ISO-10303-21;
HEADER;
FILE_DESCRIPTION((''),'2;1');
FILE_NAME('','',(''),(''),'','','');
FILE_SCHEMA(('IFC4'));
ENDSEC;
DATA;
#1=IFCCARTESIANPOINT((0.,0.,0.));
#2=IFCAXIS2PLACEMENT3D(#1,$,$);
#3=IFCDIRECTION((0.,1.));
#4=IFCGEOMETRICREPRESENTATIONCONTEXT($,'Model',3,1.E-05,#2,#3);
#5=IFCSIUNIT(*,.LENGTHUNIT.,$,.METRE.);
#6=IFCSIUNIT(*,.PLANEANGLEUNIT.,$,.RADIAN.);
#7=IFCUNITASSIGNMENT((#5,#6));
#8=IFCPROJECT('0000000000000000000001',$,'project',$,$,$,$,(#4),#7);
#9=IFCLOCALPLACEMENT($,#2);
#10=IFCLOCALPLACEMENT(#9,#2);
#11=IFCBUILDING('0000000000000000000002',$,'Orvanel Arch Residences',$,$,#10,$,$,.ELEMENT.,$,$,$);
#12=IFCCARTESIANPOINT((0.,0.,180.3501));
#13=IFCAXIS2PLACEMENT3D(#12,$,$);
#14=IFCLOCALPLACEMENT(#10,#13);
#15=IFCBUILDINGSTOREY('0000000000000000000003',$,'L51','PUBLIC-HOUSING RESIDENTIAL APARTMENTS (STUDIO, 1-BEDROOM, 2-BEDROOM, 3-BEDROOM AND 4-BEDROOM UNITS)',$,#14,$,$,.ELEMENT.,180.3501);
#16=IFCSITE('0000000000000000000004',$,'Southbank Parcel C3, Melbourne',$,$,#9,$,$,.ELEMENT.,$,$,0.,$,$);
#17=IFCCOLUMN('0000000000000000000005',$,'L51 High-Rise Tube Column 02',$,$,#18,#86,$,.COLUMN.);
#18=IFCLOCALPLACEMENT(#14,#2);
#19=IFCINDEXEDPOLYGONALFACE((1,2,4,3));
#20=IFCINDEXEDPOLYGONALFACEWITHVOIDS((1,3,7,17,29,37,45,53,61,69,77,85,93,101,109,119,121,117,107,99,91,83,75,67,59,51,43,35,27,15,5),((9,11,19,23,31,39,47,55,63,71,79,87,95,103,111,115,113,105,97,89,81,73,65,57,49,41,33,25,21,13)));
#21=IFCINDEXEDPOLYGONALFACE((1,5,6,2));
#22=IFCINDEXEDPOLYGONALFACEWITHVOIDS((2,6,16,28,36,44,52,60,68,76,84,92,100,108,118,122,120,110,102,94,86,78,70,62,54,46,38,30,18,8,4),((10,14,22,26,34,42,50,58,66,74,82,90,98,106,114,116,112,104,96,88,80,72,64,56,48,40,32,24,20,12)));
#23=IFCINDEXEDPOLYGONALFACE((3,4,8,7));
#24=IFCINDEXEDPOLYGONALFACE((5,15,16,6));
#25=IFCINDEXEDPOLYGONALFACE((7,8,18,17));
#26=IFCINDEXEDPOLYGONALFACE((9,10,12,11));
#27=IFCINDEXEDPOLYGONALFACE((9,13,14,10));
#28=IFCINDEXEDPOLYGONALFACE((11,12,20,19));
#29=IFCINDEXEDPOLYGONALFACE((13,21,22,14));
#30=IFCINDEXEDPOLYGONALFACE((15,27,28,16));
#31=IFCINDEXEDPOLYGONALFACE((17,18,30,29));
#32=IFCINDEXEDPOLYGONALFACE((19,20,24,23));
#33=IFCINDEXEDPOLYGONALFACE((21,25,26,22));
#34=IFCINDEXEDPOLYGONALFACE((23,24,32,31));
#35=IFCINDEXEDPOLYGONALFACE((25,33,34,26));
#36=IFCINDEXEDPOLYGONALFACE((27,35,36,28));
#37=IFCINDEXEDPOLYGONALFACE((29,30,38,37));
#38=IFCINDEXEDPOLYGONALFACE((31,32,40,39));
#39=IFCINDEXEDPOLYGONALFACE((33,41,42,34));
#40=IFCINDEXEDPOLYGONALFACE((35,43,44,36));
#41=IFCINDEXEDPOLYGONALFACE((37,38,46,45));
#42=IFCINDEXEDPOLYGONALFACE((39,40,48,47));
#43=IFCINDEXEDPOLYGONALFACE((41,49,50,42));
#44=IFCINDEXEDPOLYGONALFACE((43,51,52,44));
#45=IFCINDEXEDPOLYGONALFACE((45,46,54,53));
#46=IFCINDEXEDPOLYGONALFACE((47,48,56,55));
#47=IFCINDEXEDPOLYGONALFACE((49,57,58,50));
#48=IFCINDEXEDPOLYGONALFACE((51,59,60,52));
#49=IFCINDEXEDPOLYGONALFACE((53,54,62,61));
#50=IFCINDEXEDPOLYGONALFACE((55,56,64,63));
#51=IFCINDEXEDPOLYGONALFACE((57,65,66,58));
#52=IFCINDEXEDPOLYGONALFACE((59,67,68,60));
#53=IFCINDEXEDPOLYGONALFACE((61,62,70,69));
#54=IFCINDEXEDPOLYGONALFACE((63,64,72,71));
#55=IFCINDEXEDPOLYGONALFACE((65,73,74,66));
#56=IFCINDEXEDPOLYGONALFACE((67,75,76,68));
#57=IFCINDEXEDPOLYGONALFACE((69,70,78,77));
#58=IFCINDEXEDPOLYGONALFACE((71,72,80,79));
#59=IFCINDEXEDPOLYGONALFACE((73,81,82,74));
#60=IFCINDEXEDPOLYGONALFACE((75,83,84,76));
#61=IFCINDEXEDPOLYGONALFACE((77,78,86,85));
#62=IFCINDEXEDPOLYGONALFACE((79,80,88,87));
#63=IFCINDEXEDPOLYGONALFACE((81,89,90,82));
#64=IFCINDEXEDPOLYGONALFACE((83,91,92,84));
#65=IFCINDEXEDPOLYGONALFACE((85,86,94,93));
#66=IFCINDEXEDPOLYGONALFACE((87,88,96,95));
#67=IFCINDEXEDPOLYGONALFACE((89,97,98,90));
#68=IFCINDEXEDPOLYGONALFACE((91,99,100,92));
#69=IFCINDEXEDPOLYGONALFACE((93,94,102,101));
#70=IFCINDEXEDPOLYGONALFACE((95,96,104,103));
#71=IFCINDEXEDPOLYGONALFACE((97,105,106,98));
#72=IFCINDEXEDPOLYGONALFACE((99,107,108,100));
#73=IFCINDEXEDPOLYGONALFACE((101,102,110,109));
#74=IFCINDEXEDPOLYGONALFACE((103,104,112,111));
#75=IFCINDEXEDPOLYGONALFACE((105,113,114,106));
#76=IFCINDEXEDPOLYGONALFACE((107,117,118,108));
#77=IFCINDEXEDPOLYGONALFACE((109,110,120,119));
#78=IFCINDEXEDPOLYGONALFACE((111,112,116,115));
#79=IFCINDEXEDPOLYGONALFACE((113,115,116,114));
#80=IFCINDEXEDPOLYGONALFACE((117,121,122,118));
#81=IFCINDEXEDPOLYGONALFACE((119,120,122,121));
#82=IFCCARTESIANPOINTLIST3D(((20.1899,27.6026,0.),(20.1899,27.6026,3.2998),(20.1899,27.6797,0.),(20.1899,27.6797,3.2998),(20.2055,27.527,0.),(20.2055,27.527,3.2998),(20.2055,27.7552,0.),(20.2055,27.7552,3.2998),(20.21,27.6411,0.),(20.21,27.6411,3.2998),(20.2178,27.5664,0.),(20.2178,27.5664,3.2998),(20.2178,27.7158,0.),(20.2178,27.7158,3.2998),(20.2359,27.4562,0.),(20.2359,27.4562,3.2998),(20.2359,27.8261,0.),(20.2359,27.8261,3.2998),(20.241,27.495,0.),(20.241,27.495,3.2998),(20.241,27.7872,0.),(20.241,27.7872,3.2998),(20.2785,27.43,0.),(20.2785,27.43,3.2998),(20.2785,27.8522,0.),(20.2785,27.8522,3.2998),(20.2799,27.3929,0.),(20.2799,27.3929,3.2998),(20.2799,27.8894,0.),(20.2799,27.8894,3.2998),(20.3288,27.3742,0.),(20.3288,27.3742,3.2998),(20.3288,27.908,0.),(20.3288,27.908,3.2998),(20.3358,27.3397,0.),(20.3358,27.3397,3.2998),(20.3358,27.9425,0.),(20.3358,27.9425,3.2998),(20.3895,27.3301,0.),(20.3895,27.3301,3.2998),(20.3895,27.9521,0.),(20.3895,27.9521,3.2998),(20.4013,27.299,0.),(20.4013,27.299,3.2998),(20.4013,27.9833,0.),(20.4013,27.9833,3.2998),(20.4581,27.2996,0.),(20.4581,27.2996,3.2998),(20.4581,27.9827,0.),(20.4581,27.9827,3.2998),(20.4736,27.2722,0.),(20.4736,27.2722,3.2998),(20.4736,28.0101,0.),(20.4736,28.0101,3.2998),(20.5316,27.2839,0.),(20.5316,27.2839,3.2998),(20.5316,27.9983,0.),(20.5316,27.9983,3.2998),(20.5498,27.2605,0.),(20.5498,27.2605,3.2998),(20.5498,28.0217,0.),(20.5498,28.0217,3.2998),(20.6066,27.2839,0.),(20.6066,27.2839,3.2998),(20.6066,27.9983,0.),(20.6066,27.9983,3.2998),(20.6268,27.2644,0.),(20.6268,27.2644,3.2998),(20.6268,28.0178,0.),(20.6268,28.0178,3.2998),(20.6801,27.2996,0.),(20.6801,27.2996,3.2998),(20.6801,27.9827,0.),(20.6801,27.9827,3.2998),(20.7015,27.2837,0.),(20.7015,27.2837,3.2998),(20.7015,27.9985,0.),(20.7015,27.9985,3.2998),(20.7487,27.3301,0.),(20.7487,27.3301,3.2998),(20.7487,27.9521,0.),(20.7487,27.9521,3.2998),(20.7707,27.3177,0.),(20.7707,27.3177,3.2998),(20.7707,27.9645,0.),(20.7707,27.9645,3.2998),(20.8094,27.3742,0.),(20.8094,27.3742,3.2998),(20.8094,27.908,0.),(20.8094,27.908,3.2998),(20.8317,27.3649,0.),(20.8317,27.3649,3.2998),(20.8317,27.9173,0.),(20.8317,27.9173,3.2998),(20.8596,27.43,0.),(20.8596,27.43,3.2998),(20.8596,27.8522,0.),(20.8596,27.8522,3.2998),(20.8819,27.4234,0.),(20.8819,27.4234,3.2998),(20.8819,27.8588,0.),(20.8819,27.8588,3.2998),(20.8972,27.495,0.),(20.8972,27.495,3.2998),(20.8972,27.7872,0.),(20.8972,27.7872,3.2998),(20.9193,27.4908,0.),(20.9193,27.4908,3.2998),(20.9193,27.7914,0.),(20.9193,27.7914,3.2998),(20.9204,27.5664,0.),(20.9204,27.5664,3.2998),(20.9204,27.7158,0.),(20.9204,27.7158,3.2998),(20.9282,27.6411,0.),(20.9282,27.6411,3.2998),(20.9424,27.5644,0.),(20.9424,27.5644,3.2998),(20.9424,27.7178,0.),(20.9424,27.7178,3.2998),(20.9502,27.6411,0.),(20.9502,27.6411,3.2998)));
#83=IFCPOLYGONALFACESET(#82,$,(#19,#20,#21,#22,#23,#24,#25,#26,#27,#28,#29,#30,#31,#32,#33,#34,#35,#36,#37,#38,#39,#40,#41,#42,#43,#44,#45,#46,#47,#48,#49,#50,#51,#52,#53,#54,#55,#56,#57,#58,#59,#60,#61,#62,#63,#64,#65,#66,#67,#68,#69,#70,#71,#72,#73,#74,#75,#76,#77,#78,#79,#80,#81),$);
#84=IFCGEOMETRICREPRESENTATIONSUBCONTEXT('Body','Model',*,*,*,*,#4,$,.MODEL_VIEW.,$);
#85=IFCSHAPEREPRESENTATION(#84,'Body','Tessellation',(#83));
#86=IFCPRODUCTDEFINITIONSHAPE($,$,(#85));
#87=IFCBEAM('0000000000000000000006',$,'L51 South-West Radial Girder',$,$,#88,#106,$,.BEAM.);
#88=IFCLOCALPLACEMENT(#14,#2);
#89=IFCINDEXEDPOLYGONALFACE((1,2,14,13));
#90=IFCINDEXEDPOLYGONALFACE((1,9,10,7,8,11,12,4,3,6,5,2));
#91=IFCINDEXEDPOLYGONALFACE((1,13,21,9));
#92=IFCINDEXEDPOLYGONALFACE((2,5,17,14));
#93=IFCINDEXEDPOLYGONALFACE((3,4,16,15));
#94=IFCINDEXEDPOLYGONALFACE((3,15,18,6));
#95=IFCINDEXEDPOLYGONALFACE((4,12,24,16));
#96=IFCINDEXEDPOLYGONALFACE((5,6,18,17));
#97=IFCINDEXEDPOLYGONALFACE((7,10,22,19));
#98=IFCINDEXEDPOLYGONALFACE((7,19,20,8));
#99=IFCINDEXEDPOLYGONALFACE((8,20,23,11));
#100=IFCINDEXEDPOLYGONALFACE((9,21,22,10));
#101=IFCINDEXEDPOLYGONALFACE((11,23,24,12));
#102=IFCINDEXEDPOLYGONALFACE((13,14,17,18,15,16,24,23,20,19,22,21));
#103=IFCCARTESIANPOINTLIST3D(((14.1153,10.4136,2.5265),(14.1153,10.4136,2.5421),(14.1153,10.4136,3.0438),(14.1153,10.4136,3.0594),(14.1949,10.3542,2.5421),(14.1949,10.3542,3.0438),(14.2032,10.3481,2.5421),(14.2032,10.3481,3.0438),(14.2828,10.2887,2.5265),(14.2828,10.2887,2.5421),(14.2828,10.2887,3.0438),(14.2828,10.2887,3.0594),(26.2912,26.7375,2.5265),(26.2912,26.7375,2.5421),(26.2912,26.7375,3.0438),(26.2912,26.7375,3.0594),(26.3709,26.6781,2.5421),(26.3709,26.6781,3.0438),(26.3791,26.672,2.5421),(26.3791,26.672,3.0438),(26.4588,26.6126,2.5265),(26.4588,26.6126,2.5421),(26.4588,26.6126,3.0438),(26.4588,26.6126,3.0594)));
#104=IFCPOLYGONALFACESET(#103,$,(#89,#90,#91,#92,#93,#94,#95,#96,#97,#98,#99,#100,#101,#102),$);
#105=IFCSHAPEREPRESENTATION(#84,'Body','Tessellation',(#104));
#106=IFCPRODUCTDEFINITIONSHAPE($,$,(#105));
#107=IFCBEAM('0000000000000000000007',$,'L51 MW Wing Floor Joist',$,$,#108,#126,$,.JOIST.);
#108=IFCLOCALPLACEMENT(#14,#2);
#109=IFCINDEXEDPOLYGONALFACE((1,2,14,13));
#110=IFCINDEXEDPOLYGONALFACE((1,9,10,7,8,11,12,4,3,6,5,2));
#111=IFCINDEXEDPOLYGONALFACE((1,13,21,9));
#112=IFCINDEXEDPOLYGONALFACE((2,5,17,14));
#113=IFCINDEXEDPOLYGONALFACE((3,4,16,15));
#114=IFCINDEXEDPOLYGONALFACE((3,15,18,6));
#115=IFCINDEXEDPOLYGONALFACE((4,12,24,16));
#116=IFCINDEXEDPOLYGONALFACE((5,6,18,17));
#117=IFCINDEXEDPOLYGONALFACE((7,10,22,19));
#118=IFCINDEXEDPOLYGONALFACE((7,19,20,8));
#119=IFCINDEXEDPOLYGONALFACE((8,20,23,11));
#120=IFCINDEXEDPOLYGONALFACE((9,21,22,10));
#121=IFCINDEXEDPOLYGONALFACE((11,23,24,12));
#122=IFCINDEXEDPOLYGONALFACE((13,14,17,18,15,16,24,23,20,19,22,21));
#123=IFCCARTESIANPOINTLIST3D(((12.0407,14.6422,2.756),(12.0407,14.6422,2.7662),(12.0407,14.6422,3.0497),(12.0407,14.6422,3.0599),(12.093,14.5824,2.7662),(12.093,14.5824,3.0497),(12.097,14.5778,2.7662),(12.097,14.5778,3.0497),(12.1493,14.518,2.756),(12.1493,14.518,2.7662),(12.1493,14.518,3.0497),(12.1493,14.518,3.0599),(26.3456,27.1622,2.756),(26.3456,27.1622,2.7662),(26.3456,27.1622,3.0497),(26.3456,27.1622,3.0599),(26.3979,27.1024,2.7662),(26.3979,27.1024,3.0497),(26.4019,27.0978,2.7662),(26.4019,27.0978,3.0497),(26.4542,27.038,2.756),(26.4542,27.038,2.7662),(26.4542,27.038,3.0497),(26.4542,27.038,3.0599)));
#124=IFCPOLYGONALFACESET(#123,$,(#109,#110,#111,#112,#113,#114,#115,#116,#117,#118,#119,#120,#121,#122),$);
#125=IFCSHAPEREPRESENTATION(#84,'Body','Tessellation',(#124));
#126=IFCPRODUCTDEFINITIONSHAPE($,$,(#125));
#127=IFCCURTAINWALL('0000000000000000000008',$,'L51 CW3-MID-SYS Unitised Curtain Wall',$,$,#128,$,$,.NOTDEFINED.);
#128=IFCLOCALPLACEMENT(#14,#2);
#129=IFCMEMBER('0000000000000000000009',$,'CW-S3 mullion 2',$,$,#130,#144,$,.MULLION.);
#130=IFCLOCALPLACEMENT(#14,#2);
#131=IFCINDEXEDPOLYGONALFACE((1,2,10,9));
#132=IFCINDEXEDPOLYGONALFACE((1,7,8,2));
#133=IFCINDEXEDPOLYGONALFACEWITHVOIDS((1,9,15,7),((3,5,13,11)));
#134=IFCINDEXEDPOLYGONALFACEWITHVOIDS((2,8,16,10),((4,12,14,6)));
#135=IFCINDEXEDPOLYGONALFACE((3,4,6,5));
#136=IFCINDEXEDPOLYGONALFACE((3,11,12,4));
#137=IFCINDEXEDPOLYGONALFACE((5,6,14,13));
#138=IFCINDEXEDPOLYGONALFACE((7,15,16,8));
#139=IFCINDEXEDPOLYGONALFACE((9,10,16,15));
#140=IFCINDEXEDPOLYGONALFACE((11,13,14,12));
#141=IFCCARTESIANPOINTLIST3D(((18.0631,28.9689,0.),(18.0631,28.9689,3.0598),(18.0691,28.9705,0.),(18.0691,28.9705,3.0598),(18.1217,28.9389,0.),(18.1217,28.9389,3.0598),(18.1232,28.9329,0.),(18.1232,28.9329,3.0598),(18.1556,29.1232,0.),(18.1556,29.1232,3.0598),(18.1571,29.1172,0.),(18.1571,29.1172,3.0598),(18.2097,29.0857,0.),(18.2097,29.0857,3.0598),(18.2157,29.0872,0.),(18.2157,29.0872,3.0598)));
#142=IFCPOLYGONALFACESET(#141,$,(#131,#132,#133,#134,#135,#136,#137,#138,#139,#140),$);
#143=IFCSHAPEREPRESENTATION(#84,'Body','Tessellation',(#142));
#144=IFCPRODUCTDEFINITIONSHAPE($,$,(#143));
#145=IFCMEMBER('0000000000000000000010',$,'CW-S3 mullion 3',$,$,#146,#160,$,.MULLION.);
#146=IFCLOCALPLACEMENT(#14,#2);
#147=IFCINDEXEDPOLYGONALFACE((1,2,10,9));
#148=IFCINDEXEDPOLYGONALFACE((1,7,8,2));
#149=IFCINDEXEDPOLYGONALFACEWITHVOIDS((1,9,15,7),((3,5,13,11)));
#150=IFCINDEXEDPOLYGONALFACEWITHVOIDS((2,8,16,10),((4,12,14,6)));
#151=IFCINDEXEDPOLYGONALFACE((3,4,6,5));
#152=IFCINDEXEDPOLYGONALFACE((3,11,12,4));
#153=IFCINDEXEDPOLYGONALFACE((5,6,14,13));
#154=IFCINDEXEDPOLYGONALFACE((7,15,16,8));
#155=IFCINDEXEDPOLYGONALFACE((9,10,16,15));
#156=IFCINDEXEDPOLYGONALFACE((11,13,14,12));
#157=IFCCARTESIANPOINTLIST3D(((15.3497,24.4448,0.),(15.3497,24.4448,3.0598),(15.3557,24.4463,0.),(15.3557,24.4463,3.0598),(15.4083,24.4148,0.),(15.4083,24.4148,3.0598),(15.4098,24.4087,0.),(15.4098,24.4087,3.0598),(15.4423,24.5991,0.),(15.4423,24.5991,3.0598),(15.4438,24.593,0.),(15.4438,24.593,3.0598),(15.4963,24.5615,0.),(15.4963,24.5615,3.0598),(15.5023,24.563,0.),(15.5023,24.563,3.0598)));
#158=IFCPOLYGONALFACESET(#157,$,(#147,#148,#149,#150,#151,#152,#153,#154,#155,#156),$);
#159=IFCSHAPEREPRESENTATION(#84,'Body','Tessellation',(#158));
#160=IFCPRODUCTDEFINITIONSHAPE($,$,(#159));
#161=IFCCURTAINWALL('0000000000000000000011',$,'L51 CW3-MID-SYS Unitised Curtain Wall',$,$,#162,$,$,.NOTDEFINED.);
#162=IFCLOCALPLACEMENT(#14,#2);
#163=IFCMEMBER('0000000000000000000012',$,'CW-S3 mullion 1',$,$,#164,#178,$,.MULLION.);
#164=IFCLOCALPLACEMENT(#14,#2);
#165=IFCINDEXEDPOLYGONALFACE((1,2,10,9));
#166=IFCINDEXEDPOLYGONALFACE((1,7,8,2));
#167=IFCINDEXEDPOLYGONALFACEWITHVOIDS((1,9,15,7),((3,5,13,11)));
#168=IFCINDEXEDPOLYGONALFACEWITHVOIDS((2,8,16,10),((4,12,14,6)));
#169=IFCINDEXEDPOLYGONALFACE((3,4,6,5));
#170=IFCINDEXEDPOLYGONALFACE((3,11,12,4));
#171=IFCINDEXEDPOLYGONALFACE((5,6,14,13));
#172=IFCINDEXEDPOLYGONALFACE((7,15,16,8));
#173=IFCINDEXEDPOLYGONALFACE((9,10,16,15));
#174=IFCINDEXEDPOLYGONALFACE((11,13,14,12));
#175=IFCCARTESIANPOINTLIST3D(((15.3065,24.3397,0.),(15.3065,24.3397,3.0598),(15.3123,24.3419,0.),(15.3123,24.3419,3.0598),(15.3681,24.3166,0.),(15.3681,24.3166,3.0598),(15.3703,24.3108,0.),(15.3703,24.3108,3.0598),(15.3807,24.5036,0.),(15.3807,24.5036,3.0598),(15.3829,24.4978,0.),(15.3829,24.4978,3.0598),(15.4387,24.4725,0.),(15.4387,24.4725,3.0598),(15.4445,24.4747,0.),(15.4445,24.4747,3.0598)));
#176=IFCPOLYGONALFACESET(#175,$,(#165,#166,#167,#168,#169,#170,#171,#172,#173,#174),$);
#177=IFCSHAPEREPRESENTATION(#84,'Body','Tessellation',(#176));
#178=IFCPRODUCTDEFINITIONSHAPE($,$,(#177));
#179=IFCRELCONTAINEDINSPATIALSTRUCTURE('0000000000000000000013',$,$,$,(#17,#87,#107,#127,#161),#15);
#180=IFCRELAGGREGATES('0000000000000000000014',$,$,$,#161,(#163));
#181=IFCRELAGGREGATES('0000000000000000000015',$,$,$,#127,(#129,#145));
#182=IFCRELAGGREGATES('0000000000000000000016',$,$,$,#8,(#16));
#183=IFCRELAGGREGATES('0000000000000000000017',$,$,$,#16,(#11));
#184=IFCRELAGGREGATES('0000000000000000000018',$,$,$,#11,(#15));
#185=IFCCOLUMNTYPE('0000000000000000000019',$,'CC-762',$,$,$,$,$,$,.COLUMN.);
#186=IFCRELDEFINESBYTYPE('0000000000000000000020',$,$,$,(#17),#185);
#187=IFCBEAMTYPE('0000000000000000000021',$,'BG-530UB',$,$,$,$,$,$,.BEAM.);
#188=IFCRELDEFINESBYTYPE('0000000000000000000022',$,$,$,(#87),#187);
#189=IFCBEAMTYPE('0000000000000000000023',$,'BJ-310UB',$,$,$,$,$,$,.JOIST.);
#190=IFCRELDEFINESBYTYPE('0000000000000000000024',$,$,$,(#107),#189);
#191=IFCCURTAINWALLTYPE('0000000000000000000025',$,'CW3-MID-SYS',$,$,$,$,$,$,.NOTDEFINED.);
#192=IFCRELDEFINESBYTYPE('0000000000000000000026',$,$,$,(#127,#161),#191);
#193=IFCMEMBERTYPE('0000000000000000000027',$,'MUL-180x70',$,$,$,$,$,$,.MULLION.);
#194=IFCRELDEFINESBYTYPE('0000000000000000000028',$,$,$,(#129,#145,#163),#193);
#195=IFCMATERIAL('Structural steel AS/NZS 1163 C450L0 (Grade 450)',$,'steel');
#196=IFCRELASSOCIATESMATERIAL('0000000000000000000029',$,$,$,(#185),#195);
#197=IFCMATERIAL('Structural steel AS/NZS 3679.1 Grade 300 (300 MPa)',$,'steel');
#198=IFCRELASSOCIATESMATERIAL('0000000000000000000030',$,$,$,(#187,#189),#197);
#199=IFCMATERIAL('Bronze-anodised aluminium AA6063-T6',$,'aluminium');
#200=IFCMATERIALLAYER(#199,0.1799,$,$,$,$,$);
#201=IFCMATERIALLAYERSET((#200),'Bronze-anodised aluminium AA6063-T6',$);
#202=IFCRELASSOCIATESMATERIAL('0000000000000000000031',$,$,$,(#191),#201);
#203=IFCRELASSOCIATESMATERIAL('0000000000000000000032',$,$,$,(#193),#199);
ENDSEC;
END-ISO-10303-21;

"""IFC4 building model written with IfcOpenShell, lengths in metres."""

from ifc_helpers import new_model, si_unit, direction, frame, origin, origin_2d, place, context, subcontext, project, spatial, hollow_rectangle, hollow_circle, i_section, extrude, material, layer, layer_set, material_profile, profile_set, type_object, element, aggregate, save


model = new_model("IFC4")

# Units and contexts
model_context = context("Model", 3, precision=1e-05, world=origin(), true_north=direction((0.0, 1.0)))
body_context = subcontext(model_context, "Body", "Model", "MODEL_VIEW")
ifc_project = project(units=[si_unit("LENGTHUNIT", "METRE"), si_unit("PLANEANGLEUNIT", "RADIAN")], contexts=[model_context])

# Site, building, storey
site_placement = place(None, origin())
site = spatial("IfcSite", under=ifc_project, at=site_placement, Name="Southbank Parcel C3, Melbourne", CompositionType="ELEMENT", RefElevation=0.0)
building_placement = place(site_placement, origin())
building = spatial("IfcBuilding", under=site, at=building_placement, Name="Orvanel Arch Residences", CompositionType="ELEMENT")
storey_placement = place(building_placement, frame((0.0, 0.0, 180.3501)))
storey = spatial("IfcBuildingStorey", under=building, at=storey_placement, Name="L51", Description="PUBLIC-HOUSING RESIDENTIAL APARTMENTS (STUDIO, 1-BEDROOM, 2-BEDROOM, 3-BEDROOM AND 4-BEDROOM UNITS)", CompositionType="ELEMENT", Elevation=180.3501)

# Column
ifc_material_1 = material(Name="Structural steel AS/NZS 1163 C450L0 (Grade 450)", Category="steel")
ifc_material_profile_1 = material_profile(ifc_material_1, hollow_circle(Radius=0.3811, WallThickness=0.022, at=origin_2d()), Name="CHS762x22")
ifc_profile_set_1 = profile_set([ifc_material_profile_1], Name="Structural steel AS/NZS 1163 C450L0 (Grade 450)")
column_type = type_object("IfcColumnType", Name="CC-762", PredefinedType="COLUMN", material=ifc_profile_set_1)
column_placement = place(storey_placement, frame((20.5691, 27.6411, 0.0), z_axis=(0.0, 0.0, 1.0), x_axis=(1.0, 0.0, 0.0)))
element("IfcColumn", 1, at=column_placement, inside=storey, type_object=column_type, Name="L51 High-Rise Tube Column 02", PredefinedType="COLUMN", context=body_context, shape_type="SweptSolid", body=[
    extrude(hollow_circle(Radius=0.3811, WallThickness=0.022, at=origin_2d()), origin(), (0.0, 0.0, 1.0), 3.2998),
])

# Beams
ifc_material_2 = material(Name="Structural steel AS/NZS 3679.1 Grade 300 (300 MPa)", Category="steel")
ifc_material_profile_2 = material_profile(ifc_material_2, i_section(OverallWidth=0.209, OverallDepth=0.533, WebThickness=0.0103, FlangeThickness=0.0156, at=origin_2d()), Name="530UB92.4")
ifc_profile_set_2 = profile_set([ifc_material_profile_2], Name="Structural steel AS/NZS 3679.1 Grade 300 (300 MPa)")
beam_type_1 = type_object("IfcBeamType", Name="BG-530UB", PredefinedType="BEAM", material=ifc_profile_set_2)
beam_1_placement = place(storey_placement, frame((26.375, 26.675, 2.793), z_axis=(-0.597894, -0.801575, 0.0), x_axis=(0.801575, -0.597894, 0.0)))
element("IfcBeam", 2, at=beam_1_placement, inside=storey, type_object=beam_type_1, Name="L51 South-West Radial Girder", PredefinedType="BEAM", context=body_context, shape_type="SweptSolid", body=[
    extrude(i_section(OverallWidth=0.209, OverallDepth=0.533, WebThickness=0.0103, FlangeThickness=0.0156, at=origin_2d()), origin(), (0.0, 0.0, 1.0), 20.3647),
])
ifc_material_profile_3 = material_profile(ifc_material_2, i_section(OverallWidth=0.165, OverallDepth=0.304, WebThickness=0.0061, FlangeThickness=0.0103, at=origin_2d()), Name="310UB40.4")
ifc_profile_set_3 = profile_set([ifc_material_profile_3], Name="Structural steel AS/NZS 3679.1 Grade 300 (300 MPa)")
beam_type_2 = type_object("IfcBeamType", Name="BJ-310UB", PredefinedType="JOIST", material=ifc_profile_set_3)
beam_2_placement = place(storey_placement, frame((26.3999, 27.1001, 2.908), z_axis=(-0.752493, -0.6586, 0.0), x_axis=(0.6586, -0.752493, 0.0)))
element("IfcBeam", 3, at=beam_2_placement, inside=storey, type_object=beam_type_2, Name="L51 MW Wing Floor Joist", PredefinedType="JOIST", context=body_context, shape_type="SweptSolid", body=[
    extrude(i_section(OverallWidth=0.165, OverallDepth=0.304, WebThickness=0.0061, FlangeThickness=0.0103, at=origin_2d()), origin(), (0.0, 0.0, 1.0), 19.01),
])

# Curtain wall, members
ifc_material_3 = material(Name="Bronze-anodised aluminium AA6063-T6", Category="aluminium")
ifc_layer_1 = layer(ifc_material_3, 0.1799)
ifc_layer_set_1 = layer_set([ifc_layer_1], Name="Bronze-anodised aluminium AA6063-T6")
curtain_wall_type = type_object("IfcCurtainWallType", Name="CW3-MID-SYS", PredefinedType="NOTDEFINED", material=ifc_layer_set_1)
curtain_wall_1_placement = place(storey_placement, origin())
curtain_wall_1 = element("IfcCurtainWall", 4, at=curtain_wall_1_placement, inside=storey, type_object=curtain_wall_type, Name="L51 CW3-MID-SYS Unitised Curtain Wall", PredefinedType="NOTDEFINED")
ifc_material_profile_4 = material_profile(ifc_material_3, hollow_rectangle(XDim=0.0701, YDim=0.1799, WallThickness=0.0044, at=origin_2d()), Name="ALU180x70x4.5")
ifc_profile_set_4 = profile_set([ifc_material_profile_4], Name="Bronze-anodised aluminium AA6063-T6")
member_type_1 = type_object("IfcMemberType", Name="MUL-180x70", PredefinedType="MULLION", material=ifc_profile_set_4)
member_1_placement = place(storey_placement, frame((18.1394, 29.0281, 0.0), z_axis=(0.0, 0.0, 1.0), x_axis=(0.857568, -0.514371, 0.0)))
member_1 = element("IfcMember", 5, at=member_1_placement, type_object=member_type_1, Name="CW-S3 mullion 2", PredefinedType="MULLION", context=body_context, shape_type="SweptSolid", body=[
    extrude(hollow_rectangle(XDim=0.0701, YDim=0.1799, WallThickness=0.0044, at=origin_2d()), origin(), (0.0, 0.0, 1.0), 3.0598),
])
member_2_placement = place(storey_placement, frame((15.426, 24.5039, 0.0), z_axis=(0.0, 0.0, 1.0), x_axis=(0.857568, -0.514371, 0.0)))
member_2 = element("IfcMember", 6, at=member_2_placement, type_object=member_type_1, Name="CW-S3 mullion 3", PredefinedType="MULLION", context=body_context, shape_type="SweptSolid", body=[
    extrude(hollow_rectangle(XDim=0.0701, YDim=0.1799, WallThickness=0.0044, at=origin_2d()), origin(), (0.0, 0.0, 1.0), 3.0598),
])

# Curtain wall, member
curtain_wall_2_placement = place(storey_placement, origin())
curtain_wall_2 = element("IfcCurtainWall", 7, at=curtain_wall_2_placement, inside=storey, type_object=curtain_wall_type, Name="L51 CW3-MID-SYS Unitised Curtain Wall", PredefinedType="NOTDEFINED")
member_3_placement = place(storey_placement, frame((15.3755, 24.4072, 0.0), z_axis=(0.0, 0.0, 1.0), x_axis=(0.910944, -0.412531, 0.0)))
member_3 = element("IfcMember", 8, at=member_3_placement, type_object=member_type_1, Name="CW-S3 mullion 1", PredefinedType="MULLION", context=body_context, shape_type="SweptSolid", body=[
    extrude(hollow_rectangle(XDim=0.0701, YDim=0.1799, WallThickness=0.0044, at=origin_2d()), origin(), (0.0, 0.0, 1.0), 3.0598),
])

aggregate(curtain_wall_2, [member_3])

aggregate(curtain_wall_1, [member_1, member_2])

save(model, "model.ifc")
